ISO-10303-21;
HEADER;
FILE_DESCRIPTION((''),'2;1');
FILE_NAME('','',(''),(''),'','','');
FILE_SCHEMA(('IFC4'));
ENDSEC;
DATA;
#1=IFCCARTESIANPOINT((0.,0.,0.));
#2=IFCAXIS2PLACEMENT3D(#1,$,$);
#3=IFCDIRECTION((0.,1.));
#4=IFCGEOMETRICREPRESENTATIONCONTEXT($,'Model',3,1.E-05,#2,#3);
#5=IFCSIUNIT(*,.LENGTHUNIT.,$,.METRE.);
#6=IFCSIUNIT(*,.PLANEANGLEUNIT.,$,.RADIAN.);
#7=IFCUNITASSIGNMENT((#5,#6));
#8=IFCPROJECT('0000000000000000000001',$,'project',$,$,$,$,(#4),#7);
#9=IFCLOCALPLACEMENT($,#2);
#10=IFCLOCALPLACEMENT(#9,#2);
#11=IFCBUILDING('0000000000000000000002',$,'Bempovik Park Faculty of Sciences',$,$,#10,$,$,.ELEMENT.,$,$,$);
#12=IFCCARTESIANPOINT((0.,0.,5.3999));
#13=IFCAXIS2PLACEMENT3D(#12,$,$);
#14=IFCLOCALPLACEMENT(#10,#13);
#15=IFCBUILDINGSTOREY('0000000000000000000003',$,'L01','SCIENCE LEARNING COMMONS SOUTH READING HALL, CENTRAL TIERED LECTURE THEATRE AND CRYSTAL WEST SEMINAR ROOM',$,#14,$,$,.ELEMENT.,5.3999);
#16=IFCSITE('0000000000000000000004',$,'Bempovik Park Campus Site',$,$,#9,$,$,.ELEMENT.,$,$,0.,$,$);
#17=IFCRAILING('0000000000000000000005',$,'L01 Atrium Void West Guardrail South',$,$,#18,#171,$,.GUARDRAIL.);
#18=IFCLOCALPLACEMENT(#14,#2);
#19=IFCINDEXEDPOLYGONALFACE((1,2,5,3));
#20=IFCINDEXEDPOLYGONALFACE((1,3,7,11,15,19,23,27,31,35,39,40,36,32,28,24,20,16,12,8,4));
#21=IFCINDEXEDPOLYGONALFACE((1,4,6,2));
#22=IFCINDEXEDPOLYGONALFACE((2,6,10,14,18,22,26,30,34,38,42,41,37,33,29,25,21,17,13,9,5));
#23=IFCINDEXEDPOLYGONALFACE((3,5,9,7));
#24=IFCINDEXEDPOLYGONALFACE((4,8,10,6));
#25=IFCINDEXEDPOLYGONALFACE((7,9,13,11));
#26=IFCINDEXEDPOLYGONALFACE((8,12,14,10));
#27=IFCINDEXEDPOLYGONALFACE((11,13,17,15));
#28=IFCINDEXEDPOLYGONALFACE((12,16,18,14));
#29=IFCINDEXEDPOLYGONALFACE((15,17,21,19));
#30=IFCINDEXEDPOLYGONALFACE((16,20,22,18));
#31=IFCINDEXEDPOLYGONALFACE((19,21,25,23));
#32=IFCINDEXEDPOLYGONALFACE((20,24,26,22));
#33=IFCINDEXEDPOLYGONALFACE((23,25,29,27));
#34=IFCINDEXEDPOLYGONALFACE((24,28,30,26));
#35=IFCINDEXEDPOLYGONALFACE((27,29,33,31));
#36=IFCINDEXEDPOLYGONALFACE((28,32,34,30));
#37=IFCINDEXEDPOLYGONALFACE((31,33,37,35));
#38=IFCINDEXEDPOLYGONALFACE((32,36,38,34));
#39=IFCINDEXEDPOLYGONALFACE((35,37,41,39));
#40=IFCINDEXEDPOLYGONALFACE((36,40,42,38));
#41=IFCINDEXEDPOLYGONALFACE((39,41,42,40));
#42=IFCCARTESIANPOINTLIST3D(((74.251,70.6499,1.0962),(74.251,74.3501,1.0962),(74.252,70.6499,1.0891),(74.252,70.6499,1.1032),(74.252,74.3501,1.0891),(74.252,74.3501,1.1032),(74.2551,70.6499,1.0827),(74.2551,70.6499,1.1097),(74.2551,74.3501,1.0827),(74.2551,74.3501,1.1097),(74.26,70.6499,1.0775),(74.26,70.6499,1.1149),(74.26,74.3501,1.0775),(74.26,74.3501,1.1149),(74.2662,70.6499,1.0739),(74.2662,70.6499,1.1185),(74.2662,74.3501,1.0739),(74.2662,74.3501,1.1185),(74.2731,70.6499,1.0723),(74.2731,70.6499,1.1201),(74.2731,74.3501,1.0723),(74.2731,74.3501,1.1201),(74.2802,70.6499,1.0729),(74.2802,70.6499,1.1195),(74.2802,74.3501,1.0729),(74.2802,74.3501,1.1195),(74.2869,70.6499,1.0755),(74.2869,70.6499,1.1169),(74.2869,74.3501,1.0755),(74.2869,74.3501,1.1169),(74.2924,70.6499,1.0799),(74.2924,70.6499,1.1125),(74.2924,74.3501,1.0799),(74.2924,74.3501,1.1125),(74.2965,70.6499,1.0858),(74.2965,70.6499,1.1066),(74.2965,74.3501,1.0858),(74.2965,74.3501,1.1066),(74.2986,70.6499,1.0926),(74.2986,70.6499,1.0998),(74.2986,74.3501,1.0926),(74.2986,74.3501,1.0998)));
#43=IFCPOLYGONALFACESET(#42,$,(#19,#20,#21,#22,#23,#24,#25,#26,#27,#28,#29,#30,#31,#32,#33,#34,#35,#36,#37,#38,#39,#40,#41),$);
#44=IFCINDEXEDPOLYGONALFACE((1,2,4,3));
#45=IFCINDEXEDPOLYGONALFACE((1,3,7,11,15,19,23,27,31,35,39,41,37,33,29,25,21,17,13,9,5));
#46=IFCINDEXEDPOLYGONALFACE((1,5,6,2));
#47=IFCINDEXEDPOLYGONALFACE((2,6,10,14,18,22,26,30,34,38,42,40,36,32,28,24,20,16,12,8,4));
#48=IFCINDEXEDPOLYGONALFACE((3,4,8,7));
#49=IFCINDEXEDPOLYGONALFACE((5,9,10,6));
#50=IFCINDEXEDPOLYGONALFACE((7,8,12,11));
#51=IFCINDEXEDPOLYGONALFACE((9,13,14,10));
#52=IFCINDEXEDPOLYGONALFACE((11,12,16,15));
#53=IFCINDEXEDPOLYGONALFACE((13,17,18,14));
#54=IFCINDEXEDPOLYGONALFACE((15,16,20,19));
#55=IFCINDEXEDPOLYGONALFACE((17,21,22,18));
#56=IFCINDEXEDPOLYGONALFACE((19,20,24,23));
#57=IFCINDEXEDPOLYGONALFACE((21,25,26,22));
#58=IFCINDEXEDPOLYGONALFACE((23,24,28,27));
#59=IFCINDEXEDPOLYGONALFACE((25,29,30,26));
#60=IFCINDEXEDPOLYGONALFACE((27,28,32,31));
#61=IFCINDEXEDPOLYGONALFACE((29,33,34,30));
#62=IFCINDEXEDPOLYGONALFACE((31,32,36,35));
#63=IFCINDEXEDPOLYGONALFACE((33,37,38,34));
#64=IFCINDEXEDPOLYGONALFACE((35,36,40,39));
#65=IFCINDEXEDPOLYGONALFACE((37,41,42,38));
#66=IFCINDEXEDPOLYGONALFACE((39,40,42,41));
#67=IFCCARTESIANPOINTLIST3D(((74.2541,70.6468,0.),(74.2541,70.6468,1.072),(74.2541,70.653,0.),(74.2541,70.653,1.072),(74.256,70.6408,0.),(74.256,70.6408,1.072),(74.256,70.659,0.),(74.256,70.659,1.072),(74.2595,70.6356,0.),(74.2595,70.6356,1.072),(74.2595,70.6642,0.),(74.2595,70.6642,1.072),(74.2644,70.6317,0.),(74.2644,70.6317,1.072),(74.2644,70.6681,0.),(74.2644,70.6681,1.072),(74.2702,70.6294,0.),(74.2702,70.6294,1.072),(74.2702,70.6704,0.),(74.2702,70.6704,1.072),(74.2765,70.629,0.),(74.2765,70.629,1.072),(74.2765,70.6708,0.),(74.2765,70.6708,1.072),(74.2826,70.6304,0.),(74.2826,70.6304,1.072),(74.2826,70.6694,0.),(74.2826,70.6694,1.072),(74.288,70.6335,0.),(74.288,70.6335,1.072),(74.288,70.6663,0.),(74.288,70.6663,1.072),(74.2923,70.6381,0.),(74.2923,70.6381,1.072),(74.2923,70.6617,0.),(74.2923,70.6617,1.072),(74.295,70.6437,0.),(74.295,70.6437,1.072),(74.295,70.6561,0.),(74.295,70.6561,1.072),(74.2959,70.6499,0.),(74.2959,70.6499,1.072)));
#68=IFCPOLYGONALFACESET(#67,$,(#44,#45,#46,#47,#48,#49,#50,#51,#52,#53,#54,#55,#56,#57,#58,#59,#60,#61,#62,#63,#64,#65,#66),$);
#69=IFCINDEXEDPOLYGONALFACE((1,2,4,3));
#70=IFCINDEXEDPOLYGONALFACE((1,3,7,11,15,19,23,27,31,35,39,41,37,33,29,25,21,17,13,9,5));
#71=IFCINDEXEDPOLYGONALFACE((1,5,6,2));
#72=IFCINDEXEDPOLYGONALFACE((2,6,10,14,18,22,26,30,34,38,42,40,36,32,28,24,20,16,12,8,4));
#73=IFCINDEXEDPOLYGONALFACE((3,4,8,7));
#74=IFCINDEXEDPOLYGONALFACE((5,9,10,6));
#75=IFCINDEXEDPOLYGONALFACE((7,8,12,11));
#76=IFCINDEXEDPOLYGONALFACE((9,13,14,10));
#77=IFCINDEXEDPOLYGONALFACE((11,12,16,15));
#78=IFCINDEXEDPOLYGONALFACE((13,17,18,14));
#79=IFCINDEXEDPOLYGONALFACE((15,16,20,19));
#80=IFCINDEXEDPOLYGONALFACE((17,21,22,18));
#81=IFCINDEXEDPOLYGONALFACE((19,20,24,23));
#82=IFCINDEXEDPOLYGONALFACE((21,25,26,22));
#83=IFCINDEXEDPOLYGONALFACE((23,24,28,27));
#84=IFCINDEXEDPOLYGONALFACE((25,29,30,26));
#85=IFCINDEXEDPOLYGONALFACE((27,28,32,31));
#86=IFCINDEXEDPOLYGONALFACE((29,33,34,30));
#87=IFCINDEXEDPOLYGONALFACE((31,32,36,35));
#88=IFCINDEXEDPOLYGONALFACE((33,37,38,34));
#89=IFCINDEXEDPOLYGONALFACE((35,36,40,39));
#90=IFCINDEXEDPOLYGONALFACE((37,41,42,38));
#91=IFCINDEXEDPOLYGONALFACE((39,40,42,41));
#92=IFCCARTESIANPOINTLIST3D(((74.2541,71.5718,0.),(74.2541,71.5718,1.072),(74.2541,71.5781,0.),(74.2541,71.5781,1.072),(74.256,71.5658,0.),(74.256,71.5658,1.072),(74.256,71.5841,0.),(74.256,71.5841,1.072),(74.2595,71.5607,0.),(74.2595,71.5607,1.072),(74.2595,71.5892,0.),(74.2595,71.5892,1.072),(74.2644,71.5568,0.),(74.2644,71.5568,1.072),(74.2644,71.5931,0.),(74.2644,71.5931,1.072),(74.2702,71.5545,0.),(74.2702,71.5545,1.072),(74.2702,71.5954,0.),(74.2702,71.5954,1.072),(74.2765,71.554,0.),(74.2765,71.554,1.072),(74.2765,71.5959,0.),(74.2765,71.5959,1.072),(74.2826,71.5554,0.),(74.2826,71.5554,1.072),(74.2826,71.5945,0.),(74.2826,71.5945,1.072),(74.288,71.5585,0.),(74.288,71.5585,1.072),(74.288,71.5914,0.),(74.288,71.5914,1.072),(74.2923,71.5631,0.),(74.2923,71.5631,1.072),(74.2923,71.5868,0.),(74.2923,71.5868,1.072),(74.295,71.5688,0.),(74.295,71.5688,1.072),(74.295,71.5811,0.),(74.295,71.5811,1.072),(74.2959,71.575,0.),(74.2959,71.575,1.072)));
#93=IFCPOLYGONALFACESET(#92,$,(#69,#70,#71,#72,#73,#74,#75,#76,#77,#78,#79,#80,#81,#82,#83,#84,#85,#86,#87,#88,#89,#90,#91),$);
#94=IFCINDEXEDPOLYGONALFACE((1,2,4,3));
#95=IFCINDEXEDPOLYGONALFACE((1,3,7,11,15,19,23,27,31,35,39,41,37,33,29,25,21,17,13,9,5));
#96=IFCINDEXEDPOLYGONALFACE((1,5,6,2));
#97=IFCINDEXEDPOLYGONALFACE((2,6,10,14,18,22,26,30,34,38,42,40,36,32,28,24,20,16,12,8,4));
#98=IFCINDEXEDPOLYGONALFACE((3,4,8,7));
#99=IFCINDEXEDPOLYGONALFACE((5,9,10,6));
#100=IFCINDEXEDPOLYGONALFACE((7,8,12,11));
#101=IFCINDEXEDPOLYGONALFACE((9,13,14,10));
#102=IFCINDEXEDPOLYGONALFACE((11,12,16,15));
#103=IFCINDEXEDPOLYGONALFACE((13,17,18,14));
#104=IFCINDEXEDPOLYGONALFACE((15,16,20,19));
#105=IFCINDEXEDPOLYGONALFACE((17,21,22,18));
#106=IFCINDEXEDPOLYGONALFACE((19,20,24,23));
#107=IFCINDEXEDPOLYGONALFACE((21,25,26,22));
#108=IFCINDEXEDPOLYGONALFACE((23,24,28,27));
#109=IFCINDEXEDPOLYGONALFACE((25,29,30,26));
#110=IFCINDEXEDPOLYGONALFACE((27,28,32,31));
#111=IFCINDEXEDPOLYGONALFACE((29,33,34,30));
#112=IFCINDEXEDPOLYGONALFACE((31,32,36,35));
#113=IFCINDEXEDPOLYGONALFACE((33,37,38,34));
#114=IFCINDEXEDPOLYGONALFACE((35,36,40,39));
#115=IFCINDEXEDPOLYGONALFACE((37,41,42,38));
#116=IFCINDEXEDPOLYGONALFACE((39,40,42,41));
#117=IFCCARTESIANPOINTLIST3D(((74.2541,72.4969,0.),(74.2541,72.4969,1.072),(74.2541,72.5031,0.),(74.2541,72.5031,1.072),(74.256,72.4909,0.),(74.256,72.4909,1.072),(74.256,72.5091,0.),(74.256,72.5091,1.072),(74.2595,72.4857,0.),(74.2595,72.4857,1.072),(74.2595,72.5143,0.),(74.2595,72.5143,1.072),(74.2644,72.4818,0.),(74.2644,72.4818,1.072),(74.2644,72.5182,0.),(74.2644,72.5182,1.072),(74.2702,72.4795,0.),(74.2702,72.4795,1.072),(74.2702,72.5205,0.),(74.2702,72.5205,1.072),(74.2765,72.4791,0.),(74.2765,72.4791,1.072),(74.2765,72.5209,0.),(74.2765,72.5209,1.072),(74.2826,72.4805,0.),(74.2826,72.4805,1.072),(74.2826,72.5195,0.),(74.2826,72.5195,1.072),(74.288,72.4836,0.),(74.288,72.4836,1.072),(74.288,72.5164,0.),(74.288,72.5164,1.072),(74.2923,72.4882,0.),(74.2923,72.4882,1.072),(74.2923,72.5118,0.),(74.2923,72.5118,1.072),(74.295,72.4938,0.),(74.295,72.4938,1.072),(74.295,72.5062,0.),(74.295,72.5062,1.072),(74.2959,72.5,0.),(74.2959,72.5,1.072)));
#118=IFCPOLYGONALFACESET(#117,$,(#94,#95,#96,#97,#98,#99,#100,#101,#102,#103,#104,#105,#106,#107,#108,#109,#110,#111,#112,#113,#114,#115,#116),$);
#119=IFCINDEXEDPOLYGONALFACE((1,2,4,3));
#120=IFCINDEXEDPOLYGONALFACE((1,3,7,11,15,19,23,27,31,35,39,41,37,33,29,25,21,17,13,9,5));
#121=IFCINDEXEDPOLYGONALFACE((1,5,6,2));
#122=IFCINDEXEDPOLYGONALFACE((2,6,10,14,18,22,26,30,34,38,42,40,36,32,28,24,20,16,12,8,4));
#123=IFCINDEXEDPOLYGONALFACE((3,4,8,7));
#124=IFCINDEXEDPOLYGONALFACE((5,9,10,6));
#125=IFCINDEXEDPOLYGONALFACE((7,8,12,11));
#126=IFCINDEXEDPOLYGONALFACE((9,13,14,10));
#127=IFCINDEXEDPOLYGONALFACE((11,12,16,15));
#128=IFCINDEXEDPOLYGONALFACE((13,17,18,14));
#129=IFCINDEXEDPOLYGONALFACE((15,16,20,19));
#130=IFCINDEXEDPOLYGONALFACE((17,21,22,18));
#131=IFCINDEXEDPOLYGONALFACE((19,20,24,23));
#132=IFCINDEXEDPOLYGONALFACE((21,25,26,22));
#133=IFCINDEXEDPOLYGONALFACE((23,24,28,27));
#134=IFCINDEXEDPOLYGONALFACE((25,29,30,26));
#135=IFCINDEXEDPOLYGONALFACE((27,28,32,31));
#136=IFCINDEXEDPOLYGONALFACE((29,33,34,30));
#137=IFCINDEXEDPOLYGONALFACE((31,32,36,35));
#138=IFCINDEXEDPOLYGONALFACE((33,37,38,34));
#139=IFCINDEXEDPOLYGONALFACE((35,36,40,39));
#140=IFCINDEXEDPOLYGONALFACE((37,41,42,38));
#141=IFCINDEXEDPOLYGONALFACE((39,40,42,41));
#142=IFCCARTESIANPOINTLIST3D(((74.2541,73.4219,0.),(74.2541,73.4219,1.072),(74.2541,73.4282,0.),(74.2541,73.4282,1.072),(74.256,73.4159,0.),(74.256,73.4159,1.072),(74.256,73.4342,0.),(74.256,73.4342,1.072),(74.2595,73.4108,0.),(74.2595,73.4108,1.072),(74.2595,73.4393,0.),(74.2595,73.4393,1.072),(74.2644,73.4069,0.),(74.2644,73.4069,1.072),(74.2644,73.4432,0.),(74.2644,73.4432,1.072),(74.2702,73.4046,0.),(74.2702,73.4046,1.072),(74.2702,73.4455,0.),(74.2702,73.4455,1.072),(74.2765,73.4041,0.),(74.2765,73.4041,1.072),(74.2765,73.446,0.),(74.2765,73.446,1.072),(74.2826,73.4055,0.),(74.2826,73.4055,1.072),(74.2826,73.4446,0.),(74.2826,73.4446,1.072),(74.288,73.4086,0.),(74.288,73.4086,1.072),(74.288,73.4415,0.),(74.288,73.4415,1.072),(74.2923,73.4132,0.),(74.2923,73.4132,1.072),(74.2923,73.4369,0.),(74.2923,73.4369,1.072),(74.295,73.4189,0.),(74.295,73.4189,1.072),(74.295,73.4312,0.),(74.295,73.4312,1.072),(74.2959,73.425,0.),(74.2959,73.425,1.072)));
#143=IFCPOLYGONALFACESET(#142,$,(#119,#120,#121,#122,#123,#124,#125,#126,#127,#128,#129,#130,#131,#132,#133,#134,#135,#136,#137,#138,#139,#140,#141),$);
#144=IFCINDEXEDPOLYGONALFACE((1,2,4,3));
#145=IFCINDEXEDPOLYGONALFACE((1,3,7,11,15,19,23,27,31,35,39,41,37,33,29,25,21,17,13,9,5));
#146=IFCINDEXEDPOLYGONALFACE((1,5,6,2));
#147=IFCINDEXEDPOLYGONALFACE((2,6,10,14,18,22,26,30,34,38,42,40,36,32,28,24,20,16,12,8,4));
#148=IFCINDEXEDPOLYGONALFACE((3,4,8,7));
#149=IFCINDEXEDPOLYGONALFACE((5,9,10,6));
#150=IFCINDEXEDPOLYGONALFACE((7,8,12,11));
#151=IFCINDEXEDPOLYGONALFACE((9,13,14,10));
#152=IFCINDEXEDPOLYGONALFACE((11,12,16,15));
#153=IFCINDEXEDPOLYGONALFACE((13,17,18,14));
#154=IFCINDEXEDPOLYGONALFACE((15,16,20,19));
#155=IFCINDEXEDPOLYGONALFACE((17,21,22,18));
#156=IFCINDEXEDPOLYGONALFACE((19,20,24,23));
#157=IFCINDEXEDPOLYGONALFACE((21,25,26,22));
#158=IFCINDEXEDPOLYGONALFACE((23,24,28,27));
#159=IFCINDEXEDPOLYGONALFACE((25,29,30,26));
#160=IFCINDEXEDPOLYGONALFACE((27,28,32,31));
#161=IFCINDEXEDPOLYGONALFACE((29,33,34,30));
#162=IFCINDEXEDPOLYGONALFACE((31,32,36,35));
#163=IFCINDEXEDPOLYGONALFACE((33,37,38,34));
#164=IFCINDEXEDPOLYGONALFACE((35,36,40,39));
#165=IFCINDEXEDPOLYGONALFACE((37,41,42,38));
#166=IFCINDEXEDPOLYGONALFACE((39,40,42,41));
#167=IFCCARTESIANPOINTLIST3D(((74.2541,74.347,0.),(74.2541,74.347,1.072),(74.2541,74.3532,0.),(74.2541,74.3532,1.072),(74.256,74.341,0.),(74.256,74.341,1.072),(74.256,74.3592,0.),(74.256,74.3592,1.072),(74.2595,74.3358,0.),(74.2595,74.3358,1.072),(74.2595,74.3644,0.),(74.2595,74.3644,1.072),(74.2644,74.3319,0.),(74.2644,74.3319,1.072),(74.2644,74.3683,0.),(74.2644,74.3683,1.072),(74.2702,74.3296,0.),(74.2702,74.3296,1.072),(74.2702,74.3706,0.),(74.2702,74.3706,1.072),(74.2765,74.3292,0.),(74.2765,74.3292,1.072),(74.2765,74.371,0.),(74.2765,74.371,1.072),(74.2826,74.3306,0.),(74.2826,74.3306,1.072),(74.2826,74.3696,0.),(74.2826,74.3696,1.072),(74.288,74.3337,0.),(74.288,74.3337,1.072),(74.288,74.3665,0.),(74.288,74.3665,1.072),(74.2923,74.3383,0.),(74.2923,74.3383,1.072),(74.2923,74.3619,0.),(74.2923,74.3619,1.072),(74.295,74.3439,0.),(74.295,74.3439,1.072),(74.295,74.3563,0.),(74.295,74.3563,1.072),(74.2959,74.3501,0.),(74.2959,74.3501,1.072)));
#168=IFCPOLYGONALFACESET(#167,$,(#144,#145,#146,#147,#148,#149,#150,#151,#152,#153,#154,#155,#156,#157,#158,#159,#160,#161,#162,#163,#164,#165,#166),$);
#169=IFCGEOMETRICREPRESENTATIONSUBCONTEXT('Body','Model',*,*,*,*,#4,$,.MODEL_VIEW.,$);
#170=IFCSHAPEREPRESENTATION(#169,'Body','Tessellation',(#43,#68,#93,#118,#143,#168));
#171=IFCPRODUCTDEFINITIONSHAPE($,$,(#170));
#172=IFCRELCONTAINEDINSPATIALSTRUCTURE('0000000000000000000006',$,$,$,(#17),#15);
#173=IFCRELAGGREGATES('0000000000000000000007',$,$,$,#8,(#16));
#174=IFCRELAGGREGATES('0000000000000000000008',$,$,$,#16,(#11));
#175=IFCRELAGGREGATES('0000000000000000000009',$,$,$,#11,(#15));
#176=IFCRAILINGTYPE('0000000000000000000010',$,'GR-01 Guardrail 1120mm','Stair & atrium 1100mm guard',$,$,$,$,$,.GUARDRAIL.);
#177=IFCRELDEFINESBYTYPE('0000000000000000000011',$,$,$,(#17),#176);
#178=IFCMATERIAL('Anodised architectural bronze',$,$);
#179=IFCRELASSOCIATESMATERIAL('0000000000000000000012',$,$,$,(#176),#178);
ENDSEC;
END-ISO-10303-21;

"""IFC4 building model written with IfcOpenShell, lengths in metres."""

from ifc_helpers import new_model, si_unit, direction, frame, origin, origin_2d, place, context, subcontext, project, spatial, circle, extrude, material, type_object, element, save


model = new_model("IFC4")

# Units and contexts
model_context = context("Model", 3, precision=1e-05, world=origin(), true_north=direction((0.0, 1.0)))
body_context = subcontext(model_context, "Body", "Model", "MODEL_VIEW")
ifc_project = project(units=[si_unit("LENGTHUNIT", "METRE"), si_unit("PLANEANGLEUNIT", "RADIAN")], contexts=[model_context])

# Site, building, storey
site_placement = place(None, origin())
site = spatial("IfcSite", under=ifc_project, at=site_placement, Name="Bempovik Park Campus Site", CompositionType="ELEMENT", RefElevation=0.0)
building_placement = place(site_placement, origin())
building = spatial("IfcBuilding", under=site, at=building_placement, Name="Bempovik Park Faculty of Sciences", CompositionType="ELEMENT")
storey_placement = place(building_placement, frame((0.0, 0.0, 5.3999)))
storey = spatial("IfcBuildingStorey", under=building, at=storey_placement, Name="L01", Description="SCIENCE LEARNING COMMONS SOUTH READING HALL, CENTRAL TIERED LECTURE THEATRE AND CRYSTAL WEST SEMINAR ROOM", CompositionType="ELEMENT", Elevation=5.3999)

# Railing
ifc_material_1 = material(Name="Anodised architectural bronze")
railing_type = type_object("IfcRailingType", Name="GR-01 Guardrail 1120mm", Description="Stair & atrium 1100mm guard", PredefinedType="GUARDRAIL", material=ifc_material_1)
railing_1_placement = place(storey_placement, frame((74.2749, 70.6499, 0.0)))
element("IfcRailing", 1, at=railing_1_placement, inside=storey, type_object=railing_type, Name="L01 Atrium Void West Guardrail South", PredefinedType="GUARDRAIL", context=body_context, shape_type="SweptSolid", body=[
    extrude(circle(Radius=0.0239, at=origin_2d()), frame((0.0, 0.0, 1.0962), z_axis=(0.0, 1.0, 0.0), x_axis=(-1.0, 0.0, 0.0)), (0.0, 0.0, 1.0), 3.7002),
    extrude(circle(Radius=0.021, at=origin_2d()), origin(), (0.0, 0.0, 1.0), 1.072),
    extrude(circle(Radius=0.021, at=origin_2d()), frame((0.0, 0.925, 0.0)), (0.0, 0.0, 1.0), 1.072),
    extrude(circle(Radius=0.021, at=origin_2d()), frame((0.0, 1.8501, 0.0)), (0.0, 0.0, 1.0), 1.072),
    extrude(circle(Radius=0.021, at=origin_2d()), frame((0.0, 2.7751, 0.0)), (0.0, 0.0, 1.0), 1.072),
    extrude(circle(Radius=0.021, at=origin_2d()), frame((0.0, 3.7002, 0.0)), (0.0, 0.0, 1.0), 1.072),
])

save(model, "model.ifc")
